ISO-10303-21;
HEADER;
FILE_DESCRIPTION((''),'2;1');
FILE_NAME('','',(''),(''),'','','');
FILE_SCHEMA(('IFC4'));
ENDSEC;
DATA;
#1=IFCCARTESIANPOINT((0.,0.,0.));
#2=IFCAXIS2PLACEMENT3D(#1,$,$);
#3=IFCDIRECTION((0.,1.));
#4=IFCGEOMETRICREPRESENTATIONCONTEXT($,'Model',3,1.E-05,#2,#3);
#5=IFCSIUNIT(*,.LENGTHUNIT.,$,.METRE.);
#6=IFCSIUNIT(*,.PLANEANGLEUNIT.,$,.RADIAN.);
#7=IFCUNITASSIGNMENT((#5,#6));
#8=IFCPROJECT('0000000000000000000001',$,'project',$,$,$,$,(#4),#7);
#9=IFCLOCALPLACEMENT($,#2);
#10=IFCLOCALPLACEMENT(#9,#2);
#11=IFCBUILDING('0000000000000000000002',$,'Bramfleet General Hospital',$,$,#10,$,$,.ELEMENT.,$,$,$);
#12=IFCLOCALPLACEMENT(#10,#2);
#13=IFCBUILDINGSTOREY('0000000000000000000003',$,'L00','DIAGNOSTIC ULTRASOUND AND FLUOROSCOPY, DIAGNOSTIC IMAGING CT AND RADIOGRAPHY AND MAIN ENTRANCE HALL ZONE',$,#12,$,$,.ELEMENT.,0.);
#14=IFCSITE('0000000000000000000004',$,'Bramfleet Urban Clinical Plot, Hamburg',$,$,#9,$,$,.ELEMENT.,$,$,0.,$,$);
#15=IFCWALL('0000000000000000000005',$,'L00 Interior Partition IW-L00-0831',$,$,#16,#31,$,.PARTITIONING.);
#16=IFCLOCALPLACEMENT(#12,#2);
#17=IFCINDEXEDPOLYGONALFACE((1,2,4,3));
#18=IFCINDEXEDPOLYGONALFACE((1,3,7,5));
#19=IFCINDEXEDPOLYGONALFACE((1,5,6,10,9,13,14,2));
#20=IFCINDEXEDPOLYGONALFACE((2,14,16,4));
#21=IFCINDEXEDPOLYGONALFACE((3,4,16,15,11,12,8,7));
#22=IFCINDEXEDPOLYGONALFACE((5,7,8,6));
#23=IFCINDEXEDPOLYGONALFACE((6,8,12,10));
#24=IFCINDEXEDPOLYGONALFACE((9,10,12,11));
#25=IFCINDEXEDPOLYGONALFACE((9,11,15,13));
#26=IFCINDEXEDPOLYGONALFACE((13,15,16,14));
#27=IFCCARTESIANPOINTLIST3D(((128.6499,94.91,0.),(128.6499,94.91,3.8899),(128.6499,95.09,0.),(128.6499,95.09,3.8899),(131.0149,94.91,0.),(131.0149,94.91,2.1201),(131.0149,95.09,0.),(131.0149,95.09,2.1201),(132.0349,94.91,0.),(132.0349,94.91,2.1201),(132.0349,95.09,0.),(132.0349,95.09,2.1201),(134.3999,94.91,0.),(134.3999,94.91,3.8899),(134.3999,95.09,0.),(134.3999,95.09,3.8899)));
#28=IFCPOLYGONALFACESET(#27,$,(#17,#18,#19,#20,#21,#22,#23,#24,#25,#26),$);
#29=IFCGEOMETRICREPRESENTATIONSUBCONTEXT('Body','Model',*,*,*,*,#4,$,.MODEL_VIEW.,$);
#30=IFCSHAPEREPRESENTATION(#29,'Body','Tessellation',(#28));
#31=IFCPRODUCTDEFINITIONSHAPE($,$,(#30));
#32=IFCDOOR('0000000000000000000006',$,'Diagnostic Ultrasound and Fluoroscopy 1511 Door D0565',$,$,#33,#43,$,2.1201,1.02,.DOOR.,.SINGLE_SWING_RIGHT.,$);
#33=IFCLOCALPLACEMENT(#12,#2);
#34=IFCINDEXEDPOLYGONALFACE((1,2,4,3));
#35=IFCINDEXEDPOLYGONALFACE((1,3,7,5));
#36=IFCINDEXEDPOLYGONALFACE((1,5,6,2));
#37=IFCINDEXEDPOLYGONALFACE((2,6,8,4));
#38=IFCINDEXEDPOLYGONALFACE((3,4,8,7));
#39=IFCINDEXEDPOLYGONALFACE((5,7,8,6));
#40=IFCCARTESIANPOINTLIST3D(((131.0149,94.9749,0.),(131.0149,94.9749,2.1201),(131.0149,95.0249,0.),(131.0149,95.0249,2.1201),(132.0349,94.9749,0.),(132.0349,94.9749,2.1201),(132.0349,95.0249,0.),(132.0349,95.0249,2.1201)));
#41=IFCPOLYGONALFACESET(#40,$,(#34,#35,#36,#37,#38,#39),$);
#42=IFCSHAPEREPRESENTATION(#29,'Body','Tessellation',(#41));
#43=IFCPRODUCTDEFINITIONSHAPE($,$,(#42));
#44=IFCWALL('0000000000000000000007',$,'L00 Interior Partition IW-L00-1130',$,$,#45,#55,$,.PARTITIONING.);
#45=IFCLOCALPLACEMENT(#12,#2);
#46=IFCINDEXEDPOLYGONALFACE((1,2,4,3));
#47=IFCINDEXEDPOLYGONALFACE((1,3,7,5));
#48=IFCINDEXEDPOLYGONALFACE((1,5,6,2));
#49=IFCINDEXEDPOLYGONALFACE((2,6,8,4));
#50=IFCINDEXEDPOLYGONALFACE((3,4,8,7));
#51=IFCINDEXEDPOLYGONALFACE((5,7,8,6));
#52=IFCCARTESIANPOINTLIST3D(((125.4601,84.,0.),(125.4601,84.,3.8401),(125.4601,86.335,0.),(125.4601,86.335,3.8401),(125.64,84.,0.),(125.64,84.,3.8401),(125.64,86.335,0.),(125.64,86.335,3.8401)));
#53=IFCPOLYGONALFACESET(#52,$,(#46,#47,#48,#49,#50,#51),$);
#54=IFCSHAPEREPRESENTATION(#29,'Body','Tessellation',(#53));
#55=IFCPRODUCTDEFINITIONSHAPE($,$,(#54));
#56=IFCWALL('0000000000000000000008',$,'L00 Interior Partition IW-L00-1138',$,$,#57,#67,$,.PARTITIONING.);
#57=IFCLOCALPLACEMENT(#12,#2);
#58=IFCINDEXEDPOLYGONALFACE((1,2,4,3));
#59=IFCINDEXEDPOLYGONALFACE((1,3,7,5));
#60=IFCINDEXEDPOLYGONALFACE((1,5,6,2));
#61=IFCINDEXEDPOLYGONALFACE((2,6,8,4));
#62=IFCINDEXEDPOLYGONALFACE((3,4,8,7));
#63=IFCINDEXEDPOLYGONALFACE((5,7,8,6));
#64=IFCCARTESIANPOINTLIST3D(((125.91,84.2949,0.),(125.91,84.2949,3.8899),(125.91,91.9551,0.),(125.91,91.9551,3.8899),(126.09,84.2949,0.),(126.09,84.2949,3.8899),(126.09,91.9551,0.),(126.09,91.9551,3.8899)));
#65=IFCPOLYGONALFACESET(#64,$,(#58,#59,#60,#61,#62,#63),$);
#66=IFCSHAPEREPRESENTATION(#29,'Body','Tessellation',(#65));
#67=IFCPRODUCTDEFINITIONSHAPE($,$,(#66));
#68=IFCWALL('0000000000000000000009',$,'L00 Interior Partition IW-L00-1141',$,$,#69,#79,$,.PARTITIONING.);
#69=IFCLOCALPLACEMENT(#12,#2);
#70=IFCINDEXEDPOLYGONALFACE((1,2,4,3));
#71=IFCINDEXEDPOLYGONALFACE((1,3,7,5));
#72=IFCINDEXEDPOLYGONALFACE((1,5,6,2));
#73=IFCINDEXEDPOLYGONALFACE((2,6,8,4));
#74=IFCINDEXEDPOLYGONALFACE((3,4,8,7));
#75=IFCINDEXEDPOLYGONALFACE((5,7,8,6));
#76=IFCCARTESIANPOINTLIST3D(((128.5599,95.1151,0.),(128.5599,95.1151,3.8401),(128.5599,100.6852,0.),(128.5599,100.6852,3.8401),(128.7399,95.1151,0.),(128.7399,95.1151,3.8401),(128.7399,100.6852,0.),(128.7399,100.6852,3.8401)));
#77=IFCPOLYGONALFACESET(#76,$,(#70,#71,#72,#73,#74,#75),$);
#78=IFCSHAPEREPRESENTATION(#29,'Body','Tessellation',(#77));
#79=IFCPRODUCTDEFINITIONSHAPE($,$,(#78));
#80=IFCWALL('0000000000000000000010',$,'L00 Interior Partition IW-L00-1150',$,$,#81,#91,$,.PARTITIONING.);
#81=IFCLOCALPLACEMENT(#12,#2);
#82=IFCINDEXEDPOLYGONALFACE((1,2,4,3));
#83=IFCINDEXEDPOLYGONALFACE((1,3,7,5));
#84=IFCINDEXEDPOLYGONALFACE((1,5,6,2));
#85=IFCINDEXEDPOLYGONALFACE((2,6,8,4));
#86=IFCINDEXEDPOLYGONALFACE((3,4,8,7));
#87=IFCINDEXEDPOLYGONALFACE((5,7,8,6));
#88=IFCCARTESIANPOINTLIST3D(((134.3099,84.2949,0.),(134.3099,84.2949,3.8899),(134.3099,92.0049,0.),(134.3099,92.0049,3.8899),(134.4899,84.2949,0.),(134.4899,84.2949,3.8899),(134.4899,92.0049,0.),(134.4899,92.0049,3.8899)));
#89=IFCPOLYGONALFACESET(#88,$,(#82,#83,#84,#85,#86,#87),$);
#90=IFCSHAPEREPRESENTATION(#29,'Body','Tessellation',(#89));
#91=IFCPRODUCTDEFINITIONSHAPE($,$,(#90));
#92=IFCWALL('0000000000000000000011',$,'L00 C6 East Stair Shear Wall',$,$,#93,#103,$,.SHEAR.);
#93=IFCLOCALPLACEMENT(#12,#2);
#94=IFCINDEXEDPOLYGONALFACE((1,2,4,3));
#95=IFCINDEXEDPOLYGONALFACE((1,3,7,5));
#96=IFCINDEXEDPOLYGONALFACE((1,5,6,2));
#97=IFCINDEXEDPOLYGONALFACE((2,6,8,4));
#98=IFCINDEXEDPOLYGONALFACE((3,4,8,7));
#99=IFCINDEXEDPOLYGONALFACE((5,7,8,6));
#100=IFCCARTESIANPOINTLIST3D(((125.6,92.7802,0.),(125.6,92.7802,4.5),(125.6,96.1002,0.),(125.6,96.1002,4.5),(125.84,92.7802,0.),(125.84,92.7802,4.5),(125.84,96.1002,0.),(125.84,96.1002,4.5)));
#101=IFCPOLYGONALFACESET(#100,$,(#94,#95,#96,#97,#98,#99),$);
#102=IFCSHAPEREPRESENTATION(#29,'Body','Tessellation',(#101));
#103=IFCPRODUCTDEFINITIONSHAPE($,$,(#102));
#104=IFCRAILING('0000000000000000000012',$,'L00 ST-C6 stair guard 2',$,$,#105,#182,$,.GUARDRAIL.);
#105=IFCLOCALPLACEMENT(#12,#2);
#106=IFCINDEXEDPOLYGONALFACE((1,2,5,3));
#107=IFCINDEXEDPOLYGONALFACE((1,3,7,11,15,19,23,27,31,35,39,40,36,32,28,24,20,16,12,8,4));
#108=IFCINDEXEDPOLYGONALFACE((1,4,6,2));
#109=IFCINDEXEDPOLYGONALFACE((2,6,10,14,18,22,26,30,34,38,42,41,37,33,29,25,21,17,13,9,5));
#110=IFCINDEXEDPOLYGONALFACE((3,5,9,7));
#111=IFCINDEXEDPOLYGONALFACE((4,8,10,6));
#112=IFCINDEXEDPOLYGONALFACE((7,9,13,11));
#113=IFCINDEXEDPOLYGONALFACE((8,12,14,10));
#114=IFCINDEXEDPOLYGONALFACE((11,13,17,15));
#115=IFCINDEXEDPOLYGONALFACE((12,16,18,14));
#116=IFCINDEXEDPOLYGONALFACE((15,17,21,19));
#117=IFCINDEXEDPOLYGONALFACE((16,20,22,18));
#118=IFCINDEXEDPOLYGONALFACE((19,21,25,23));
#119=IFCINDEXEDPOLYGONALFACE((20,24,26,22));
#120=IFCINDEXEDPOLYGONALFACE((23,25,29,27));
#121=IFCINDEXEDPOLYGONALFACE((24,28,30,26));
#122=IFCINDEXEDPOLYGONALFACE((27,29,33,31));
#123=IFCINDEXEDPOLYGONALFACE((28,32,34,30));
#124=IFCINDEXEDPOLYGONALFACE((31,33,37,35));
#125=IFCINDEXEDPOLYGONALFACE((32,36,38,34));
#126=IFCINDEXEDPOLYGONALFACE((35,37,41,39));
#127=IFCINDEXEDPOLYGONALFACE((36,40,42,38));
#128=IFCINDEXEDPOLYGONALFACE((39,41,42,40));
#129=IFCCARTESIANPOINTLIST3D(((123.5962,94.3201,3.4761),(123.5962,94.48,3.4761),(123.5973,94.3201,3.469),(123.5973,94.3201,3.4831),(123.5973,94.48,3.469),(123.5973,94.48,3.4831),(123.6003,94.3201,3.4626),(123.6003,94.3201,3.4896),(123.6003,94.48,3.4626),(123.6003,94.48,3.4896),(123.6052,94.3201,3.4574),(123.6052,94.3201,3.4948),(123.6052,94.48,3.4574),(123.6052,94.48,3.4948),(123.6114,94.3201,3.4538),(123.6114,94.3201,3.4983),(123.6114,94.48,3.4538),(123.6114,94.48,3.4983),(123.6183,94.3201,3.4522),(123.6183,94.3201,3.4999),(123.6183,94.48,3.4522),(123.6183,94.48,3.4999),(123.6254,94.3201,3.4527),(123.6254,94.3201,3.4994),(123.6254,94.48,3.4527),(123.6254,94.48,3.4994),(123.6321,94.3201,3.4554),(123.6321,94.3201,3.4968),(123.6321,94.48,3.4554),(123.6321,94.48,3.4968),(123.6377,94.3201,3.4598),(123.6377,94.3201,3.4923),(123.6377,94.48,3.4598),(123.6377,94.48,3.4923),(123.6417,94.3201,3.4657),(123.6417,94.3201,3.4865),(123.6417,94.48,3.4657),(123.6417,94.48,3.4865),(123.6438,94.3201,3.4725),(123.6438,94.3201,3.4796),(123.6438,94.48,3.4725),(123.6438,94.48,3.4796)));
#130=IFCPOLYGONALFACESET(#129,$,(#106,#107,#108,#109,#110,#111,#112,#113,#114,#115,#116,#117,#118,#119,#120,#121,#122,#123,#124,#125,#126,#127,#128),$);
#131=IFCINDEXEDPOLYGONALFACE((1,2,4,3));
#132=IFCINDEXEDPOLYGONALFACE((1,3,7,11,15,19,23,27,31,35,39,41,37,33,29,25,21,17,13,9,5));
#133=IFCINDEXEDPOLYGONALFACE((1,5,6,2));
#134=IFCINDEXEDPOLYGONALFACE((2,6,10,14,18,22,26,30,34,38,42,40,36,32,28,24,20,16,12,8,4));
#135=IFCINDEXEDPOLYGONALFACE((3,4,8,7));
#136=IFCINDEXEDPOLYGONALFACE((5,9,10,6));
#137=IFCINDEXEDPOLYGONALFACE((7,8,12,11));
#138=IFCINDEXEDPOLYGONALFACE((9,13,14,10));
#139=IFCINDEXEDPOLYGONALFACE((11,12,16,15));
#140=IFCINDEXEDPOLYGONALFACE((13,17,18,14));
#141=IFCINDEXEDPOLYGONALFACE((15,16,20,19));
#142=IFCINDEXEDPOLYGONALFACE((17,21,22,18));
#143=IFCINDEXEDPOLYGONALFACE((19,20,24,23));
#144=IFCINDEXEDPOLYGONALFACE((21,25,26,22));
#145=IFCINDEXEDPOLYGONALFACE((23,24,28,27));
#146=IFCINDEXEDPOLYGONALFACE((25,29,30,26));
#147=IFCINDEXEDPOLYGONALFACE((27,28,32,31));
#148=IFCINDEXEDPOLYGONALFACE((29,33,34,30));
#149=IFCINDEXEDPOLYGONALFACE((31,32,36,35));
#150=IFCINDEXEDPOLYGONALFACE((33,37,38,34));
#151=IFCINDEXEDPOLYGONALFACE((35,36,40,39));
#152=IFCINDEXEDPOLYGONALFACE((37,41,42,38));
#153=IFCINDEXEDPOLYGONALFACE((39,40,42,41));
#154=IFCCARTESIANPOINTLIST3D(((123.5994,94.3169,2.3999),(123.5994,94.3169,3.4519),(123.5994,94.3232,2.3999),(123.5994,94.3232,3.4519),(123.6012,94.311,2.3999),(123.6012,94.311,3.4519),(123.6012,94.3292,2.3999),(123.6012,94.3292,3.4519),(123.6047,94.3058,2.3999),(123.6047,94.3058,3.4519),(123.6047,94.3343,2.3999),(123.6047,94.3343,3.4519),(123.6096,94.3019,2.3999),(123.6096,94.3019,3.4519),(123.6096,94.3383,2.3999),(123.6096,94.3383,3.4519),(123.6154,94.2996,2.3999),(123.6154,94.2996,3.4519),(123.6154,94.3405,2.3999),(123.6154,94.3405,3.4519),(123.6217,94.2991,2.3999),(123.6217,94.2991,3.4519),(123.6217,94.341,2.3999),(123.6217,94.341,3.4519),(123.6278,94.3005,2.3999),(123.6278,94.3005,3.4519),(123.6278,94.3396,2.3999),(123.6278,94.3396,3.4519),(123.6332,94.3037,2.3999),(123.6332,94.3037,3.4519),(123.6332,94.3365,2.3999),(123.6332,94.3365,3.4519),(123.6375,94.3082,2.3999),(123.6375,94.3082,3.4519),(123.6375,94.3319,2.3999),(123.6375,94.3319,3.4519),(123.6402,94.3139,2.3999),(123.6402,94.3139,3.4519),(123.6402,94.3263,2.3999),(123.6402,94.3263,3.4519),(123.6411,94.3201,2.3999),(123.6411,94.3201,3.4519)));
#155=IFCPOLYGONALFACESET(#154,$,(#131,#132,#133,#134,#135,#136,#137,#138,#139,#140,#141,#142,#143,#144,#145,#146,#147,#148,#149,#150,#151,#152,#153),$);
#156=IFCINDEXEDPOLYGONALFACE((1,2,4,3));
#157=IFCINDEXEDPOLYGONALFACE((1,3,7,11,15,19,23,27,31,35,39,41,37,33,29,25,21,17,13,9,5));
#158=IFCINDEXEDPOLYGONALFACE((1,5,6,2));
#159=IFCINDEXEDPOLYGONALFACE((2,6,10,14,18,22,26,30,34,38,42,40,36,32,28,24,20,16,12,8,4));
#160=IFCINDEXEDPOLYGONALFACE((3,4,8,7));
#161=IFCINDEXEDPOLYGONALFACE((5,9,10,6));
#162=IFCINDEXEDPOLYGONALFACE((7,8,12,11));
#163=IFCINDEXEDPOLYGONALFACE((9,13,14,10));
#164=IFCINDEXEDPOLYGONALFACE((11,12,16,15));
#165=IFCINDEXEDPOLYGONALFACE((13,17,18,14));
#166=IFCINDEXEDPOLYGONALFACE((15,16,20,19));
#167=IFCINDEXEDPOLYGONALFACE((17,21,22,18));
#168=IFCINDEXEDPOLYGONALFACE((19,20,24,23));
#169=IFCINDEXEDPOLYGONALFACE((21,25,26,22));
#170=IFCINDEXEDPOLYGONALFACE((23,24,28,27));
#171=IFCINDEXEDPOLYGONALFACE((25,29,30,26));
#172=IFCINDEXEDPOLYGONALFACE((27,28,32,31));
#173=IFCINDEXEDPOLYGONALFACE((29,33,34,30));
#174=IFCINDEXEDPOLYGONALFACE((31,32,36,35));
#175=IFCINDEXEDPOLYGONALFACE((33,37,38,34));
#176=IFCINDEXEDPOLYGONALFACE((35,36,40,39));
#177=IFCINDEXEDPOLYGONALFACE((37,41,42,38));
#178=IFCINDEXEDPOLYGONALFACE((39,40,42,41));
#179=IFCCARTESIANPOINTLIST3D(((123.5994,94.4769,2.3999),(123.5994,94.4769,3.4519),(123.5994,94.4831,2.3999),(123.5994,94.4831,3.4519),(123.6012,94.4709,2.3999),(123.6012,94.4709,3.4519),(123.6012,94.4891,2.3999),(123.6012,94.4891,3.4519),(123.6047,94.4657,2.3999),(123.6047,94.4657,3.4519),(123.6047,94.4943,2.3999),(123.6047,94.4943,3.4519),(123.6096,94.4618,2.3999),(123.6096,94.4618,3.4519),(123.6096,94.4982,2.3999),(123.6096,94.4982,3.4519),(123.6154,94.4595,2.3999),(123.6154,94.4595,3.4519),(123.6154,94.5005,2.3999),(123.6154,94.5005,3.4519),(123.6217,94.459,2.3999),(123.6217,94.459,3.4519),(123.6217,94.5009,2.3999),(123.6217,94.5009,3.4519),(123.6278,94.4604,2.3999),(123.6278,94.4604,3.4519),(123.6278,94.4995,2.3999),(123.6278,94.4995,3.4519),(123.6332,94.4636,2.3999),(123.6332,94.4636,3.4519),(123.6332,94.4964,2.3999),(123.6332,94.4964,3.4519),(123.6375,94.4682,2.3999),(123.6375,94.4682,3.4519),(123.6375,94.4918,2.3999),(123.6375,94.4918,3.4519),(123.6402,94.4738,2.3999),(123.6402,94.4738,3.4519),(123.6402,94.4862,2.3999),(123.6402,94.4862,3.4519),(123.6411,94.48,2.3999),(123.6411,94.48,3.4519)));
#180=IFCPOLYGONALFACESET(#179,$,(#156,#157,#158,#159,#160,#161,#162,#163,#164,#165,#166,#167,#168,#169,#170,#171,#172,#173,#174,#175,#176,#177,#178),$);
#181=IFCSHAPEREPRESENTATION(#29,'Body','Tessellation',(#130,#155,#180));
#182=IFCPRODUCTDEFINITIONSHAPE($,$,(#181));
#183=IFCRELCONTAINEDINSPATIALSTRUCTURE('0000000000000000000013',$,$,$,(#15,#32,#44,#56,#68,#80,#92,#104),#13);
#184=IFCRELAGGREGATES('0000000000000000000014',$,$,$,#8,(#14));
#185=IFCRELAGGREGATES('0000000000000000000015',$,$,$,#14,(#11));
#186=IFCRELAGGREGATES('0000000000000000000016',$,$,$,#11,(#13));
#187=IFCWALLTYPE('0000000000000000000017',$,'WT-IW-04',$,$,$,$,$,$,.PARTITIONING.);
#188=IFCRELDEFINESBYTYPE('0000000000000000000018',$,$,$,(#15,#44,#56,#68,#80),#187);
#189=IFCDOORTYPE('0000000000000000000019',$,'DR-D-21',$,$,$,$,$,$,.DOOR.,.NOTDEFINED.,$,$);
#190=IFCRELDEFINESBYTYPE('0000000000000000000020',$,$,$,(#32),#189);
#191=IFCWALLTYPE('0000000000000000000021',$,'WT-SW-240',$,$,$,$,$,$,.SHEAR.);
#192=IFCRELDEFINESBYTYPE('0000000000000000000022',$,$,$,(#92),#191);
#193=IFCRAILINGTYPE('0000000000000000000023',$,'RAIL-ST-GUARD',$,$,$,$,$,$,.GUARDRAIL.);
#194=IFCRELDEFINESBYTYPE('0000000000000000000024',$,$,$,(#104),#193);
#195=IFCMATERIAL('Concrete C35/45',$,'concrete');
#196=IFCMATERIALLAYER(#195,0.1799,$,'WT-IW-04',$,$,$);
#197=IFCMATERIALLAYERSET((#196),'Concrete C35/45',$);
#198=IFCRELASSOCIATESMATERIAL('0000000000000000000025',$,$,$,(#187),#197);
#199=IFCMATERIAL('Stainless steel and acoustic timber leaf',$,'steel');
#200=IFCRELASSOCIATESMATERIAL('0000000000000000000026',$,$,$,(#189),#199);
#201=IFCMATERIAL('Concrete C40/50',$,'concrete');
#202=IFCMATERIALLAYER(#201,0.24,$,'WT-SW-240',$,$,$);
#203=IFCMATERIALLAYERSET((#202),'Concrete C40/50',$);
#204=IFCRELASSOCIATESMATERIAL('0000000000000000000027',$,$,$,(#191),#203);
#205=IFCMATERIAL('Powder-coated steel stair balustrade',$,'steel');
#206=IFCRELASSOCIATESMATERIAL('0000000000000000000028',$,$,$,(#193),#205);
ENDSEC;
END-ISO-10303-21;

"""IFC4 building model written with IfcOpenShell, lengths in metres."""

from ifc_helpers import new_model, si_unit, direction, frame, frame_2d, origin, origin_2d, place, context, subcontext, project, spatial, rectangle, circle, extrude, material, layer, layer_set, type_object, element, fill, save


model = new_model("IFC4")

# Units and contexts
model_context = context("Model", 3, precision=1e-05, world=origin(), true_north=direction((0.0, 1.0)))
body_context = subcontext(model_context, "Body", "Model", "MODEL_VIEW")
ifc_project = project(units=[si_unit("LENGTHUNIT", "METRE"), si_unit("PLANEANGLEUNIT", "RADIAN")], contexts=[model_context])

# Site, building, storey
site_placement = place(None, origin())
site = spatial("IfcSite", under=ifc_project, at=site_placement, Name="Bramfleet Urban Clinical Plot, Hamburg", CompositionType="ELEMENT", RefElevation=0.0)
building_placement = place(site_placement, origin())
building = spatial("IfcBuilding", under=site, at=building_placement, Name="Bramfleet General Hospital", CompositionType="ELEMENT")
storey_placement = place(building_placement, origin())
storey = spatial("IfcBuildingStorey", under=building, at=storey_placement, Name="L00", Description="DIAGNOSTIC ULTRASOUND AND FLUOROSCOPY, DIAGNOSTIC IMAGING CT AND RADIOGRAPHY AND MAIN ENTRANCE HALL ZONE", CompositionType="ELEMENT", Elevation=0.0)

# Shared definitions
ifc_material_1 = material(Name="Concrete C40/50", Category="concrete")

# Shared definitions
ifc_material_2 = material(Name="Concrete C35/45", Category="concrete")

# Shared definitions
ifc_material_3 = material(Name="Stainless steel and acoustic timber leaf", Category="steel")
ifc_layer_1 = layer(ifc_material_2, 0.1799, Name="WT-IW-04")
ifc_layer_set_1 = layer_set([ifc_layer_1], Name="Concrete C35/45")
wall_type_1 = type_object("IfcWallType", Name="WT-IW-04", PredefinedType="PARTITIONING", material=ifc_layer_set_1)

# Wall, opening, door
wall_1_placement = place(storey_placement, frame((128.6499, 95.0, 0.0), z_axis=(0.0, 0.0, 1.0), x_axis=(1.0, 0.0, 0.0)))
wall_1 = element("IfcWall", 1, at=wall_1_placement, inside=storey, type_object=wall_type_1, Name="L00 Interior Partition IW-L00-0831", PredefinedType="PARTITIONING", context=body_context, shape_type="SweptSolid", body=[
    extrude(rectangle(XDim=5.75, YDim=0.1799, at=frame_2d((2.875, 0.0))), origin(), (0.0, 0.0, 1.0), 3.8899),
])
opening_1_placement = place(wall_1_placement, frame((2.365, 0.0, 0.0)))
opening_1 = element("IfcOpeningElement", 2, at=opening_1_placement, cuts=wall_1, PredefinedType="OPENING", context=body_context, shape_type="SweptSolid", body=[
    extrude(rectangle(XDim=1.02, YDim=2.1201, at=frame_2d((0.51, 1.0601))), frame((0.0, 0.0999, 0.0), z_axis=(0.0, -1.0, 0.0), x_axis=(1.0, 0.0, 0.0)), (0.0, 0.0, 1.0), 0.2),
])
door_type_1 = type_object("IfcDoorType", Name="DR-D-21", OperationType="NOTDEFINED", PredefinedType="DOOR", material=ifc_material_3)
door_1_placement = place(opening_1_placement, origin())
door_1 = element("IfcDoor", 3, at=door_1_placement, inside=storey, type_object=door_type_1, Name="Diagnostic Ultrasound and Fluoroscopy 1511 Door D0565", OperationType="SINGLE_SWING_RIGHT", OverallHeight=2.1201, OverallWidth=1.02, PredefinedType="DOOR", context=body_context, shape_type="SweptSolid", body=[
    extrude(rectangle(XDim=1.02, YDim=2.1201, at=frame_2d((0.51, 1.0601))), frame((0.0, 0.0249, 0.0), z_axis=(0.0, -1.0, 0.0), x_axis=(1.0, 0.0, 0.0)), (0.0, 0.0, 1.0), 0.05),
])
fill(opening_1, door_1)

# Walls
wall_2_placement = place(storey_placement, frame((125.55, 84.0, 0.0), z_axis=(0.0, 0.0, 1.0), x_axis=(0.0, 1.0, 0.0)))
element("IfcWall", 4, at=wall_2_placement, inside=storey, type_object=wall_type_1, Name="L00 Interior Partition IW-L00-1130", PredefinedType="PARTITIONING", context=body_context, shape_type="SweptSolid", body=[
    extrude(rectangle(XDim=2.335, YDim=0.1799, at=frame_2d((1.1675, 0.0))), origin(), (0.0, 0.0, 1.0), 3.8401),
])
wall_3_placement = place(storey_placement, frame((126.0, 84.2949, 0.0), z_axis=(0.0, 0.0, 1.0), x_axis=(0.0, 1.0, 0.0)))
element("IfcWall", 5, at=wall_3_placement, inside=storey, type_object=wall_type_1, Name="L00 Interior Partition IW-L00-1138", PredefinedType="PARTITIONING", context=body_context, shape_type="SweptSolid", body=[
    extrude(rectangle(XDim=7.6602, YDim=0.1799, at=frame_2d((3.8301, 0.0))), origin(), (0.0, 0.0, 1.0), 3.8899),
])
wall_4_placement = place(storey_placement, frame((128.6499, 95.115, 0.0), z_axis=(0.0, 0.0, 1.0), x_axis=(0.0, 1.0, 0.0)))
element("IfcWall", 6, at=wall_4_placement, inside=storey, type_object=wall_type_1, Name="L00 Interior Partition IW-L00-1141", PredefinedType="PARTITIONING", context=body_context, shape_type="SweptSolid", body=[
    extrude(rectangle(XDim=5.5701, YDim=0.1799, at=frame_2d((2.7852, 0.0))), origin(), (0.0, 0.0, 1.0), 3.8401),
])
wall_5_placement = place(storey_placement, frame((134.3999, 84.2949, 0.0), z_axis=(0.0, 0.0, 1.0), x_axis=(0.0, 1.0, 0.0)))
element("IfcWall", 7, at=wall_5_placement, inside=storey, type_object=wall_type_1, Name="L00 Interior Partition IW-L00-1150", PredefinedType="PARTITIONING", context=body_context, shape_type="SweptSolid", body=[
    extrude(rectangle(XDim=7.71, YDim=0.1799, at=frame_2d((3.855, 0.0))), origin(), (0.0, 0.0, 1.0), 3.8899),
])
ifc_layer_2 = layer(ifc_material_1, 0.24, Name="WT-SW-240")
ifc_layer_set_2 = layer_set([ifc_layer_2], Name="Concrete C40/50")
wall_type_2 = type_object("IfcWallType", Name="WT-SW-240", PredefinedType="SHEAR", material=ifc_layer_set_2)
wall_6_placement = place(storey_placement, frame((125.72, 92.78, 0.0), z_axis=(0.0, 0.0, 1.0), x_axis=(0.0, 1.0, 0.0)))
element("IfcWall", 8, at=wall_6_placement, inside=storey, type_object=wall_type_2, Name="L00 C6 East Stair Shear Wall", PredefinedType="SHEAR", context=body_context, shape_type="SweptSolid", body=[
    extrude(rectangle(XDim=3.3201, YDim=0.24, at=frame_2d((1.6602, 0.0))), origin(), (0.0, 0.0, 1.0), 4.5),
])

# Railing
ifc_material_4 = material(Name="Powder-coated steel stair balustrade", Category="steel")
railing_type = type_object("IfcRailingType", Name="RAIL-ST-GUARD", PredefinedType="GUARDRAIL", material=ifc_material_4)
railing_placement = place(storey_placement, frame((123.6201, 94.3201, 2.3999)))
element("IfcRailing", 9, at=railing_placement, inside=storey, type_object=railing_type, Name="L00 ST-C6 stair guard 2", PredefinedType="GUARDRAIL", context=body_context, shape_type="SweptSolid", body=[
    extrude(circle(Radius=0.0239, at=origin_2d()), frame((0.0, 0.0, 1.0762), z_axis=(0.0, 1.0, 0.0), x_axis=(-1.0, 0.0, 0.0)), (0.0, 0.0, 1.0), 0.1599),
    extrude(circle(Radius=0.021, at=origin_2d()), origin(), (0.0, 0.0, 1.0), 1.052),
    extrude(circle(Radius=0.021, at=origin_2d()), frame((0.0, 0.1599, 0.0)), (0.0, 0.0, 1.0), 1.052),
])

save(model, "model.ifc")
